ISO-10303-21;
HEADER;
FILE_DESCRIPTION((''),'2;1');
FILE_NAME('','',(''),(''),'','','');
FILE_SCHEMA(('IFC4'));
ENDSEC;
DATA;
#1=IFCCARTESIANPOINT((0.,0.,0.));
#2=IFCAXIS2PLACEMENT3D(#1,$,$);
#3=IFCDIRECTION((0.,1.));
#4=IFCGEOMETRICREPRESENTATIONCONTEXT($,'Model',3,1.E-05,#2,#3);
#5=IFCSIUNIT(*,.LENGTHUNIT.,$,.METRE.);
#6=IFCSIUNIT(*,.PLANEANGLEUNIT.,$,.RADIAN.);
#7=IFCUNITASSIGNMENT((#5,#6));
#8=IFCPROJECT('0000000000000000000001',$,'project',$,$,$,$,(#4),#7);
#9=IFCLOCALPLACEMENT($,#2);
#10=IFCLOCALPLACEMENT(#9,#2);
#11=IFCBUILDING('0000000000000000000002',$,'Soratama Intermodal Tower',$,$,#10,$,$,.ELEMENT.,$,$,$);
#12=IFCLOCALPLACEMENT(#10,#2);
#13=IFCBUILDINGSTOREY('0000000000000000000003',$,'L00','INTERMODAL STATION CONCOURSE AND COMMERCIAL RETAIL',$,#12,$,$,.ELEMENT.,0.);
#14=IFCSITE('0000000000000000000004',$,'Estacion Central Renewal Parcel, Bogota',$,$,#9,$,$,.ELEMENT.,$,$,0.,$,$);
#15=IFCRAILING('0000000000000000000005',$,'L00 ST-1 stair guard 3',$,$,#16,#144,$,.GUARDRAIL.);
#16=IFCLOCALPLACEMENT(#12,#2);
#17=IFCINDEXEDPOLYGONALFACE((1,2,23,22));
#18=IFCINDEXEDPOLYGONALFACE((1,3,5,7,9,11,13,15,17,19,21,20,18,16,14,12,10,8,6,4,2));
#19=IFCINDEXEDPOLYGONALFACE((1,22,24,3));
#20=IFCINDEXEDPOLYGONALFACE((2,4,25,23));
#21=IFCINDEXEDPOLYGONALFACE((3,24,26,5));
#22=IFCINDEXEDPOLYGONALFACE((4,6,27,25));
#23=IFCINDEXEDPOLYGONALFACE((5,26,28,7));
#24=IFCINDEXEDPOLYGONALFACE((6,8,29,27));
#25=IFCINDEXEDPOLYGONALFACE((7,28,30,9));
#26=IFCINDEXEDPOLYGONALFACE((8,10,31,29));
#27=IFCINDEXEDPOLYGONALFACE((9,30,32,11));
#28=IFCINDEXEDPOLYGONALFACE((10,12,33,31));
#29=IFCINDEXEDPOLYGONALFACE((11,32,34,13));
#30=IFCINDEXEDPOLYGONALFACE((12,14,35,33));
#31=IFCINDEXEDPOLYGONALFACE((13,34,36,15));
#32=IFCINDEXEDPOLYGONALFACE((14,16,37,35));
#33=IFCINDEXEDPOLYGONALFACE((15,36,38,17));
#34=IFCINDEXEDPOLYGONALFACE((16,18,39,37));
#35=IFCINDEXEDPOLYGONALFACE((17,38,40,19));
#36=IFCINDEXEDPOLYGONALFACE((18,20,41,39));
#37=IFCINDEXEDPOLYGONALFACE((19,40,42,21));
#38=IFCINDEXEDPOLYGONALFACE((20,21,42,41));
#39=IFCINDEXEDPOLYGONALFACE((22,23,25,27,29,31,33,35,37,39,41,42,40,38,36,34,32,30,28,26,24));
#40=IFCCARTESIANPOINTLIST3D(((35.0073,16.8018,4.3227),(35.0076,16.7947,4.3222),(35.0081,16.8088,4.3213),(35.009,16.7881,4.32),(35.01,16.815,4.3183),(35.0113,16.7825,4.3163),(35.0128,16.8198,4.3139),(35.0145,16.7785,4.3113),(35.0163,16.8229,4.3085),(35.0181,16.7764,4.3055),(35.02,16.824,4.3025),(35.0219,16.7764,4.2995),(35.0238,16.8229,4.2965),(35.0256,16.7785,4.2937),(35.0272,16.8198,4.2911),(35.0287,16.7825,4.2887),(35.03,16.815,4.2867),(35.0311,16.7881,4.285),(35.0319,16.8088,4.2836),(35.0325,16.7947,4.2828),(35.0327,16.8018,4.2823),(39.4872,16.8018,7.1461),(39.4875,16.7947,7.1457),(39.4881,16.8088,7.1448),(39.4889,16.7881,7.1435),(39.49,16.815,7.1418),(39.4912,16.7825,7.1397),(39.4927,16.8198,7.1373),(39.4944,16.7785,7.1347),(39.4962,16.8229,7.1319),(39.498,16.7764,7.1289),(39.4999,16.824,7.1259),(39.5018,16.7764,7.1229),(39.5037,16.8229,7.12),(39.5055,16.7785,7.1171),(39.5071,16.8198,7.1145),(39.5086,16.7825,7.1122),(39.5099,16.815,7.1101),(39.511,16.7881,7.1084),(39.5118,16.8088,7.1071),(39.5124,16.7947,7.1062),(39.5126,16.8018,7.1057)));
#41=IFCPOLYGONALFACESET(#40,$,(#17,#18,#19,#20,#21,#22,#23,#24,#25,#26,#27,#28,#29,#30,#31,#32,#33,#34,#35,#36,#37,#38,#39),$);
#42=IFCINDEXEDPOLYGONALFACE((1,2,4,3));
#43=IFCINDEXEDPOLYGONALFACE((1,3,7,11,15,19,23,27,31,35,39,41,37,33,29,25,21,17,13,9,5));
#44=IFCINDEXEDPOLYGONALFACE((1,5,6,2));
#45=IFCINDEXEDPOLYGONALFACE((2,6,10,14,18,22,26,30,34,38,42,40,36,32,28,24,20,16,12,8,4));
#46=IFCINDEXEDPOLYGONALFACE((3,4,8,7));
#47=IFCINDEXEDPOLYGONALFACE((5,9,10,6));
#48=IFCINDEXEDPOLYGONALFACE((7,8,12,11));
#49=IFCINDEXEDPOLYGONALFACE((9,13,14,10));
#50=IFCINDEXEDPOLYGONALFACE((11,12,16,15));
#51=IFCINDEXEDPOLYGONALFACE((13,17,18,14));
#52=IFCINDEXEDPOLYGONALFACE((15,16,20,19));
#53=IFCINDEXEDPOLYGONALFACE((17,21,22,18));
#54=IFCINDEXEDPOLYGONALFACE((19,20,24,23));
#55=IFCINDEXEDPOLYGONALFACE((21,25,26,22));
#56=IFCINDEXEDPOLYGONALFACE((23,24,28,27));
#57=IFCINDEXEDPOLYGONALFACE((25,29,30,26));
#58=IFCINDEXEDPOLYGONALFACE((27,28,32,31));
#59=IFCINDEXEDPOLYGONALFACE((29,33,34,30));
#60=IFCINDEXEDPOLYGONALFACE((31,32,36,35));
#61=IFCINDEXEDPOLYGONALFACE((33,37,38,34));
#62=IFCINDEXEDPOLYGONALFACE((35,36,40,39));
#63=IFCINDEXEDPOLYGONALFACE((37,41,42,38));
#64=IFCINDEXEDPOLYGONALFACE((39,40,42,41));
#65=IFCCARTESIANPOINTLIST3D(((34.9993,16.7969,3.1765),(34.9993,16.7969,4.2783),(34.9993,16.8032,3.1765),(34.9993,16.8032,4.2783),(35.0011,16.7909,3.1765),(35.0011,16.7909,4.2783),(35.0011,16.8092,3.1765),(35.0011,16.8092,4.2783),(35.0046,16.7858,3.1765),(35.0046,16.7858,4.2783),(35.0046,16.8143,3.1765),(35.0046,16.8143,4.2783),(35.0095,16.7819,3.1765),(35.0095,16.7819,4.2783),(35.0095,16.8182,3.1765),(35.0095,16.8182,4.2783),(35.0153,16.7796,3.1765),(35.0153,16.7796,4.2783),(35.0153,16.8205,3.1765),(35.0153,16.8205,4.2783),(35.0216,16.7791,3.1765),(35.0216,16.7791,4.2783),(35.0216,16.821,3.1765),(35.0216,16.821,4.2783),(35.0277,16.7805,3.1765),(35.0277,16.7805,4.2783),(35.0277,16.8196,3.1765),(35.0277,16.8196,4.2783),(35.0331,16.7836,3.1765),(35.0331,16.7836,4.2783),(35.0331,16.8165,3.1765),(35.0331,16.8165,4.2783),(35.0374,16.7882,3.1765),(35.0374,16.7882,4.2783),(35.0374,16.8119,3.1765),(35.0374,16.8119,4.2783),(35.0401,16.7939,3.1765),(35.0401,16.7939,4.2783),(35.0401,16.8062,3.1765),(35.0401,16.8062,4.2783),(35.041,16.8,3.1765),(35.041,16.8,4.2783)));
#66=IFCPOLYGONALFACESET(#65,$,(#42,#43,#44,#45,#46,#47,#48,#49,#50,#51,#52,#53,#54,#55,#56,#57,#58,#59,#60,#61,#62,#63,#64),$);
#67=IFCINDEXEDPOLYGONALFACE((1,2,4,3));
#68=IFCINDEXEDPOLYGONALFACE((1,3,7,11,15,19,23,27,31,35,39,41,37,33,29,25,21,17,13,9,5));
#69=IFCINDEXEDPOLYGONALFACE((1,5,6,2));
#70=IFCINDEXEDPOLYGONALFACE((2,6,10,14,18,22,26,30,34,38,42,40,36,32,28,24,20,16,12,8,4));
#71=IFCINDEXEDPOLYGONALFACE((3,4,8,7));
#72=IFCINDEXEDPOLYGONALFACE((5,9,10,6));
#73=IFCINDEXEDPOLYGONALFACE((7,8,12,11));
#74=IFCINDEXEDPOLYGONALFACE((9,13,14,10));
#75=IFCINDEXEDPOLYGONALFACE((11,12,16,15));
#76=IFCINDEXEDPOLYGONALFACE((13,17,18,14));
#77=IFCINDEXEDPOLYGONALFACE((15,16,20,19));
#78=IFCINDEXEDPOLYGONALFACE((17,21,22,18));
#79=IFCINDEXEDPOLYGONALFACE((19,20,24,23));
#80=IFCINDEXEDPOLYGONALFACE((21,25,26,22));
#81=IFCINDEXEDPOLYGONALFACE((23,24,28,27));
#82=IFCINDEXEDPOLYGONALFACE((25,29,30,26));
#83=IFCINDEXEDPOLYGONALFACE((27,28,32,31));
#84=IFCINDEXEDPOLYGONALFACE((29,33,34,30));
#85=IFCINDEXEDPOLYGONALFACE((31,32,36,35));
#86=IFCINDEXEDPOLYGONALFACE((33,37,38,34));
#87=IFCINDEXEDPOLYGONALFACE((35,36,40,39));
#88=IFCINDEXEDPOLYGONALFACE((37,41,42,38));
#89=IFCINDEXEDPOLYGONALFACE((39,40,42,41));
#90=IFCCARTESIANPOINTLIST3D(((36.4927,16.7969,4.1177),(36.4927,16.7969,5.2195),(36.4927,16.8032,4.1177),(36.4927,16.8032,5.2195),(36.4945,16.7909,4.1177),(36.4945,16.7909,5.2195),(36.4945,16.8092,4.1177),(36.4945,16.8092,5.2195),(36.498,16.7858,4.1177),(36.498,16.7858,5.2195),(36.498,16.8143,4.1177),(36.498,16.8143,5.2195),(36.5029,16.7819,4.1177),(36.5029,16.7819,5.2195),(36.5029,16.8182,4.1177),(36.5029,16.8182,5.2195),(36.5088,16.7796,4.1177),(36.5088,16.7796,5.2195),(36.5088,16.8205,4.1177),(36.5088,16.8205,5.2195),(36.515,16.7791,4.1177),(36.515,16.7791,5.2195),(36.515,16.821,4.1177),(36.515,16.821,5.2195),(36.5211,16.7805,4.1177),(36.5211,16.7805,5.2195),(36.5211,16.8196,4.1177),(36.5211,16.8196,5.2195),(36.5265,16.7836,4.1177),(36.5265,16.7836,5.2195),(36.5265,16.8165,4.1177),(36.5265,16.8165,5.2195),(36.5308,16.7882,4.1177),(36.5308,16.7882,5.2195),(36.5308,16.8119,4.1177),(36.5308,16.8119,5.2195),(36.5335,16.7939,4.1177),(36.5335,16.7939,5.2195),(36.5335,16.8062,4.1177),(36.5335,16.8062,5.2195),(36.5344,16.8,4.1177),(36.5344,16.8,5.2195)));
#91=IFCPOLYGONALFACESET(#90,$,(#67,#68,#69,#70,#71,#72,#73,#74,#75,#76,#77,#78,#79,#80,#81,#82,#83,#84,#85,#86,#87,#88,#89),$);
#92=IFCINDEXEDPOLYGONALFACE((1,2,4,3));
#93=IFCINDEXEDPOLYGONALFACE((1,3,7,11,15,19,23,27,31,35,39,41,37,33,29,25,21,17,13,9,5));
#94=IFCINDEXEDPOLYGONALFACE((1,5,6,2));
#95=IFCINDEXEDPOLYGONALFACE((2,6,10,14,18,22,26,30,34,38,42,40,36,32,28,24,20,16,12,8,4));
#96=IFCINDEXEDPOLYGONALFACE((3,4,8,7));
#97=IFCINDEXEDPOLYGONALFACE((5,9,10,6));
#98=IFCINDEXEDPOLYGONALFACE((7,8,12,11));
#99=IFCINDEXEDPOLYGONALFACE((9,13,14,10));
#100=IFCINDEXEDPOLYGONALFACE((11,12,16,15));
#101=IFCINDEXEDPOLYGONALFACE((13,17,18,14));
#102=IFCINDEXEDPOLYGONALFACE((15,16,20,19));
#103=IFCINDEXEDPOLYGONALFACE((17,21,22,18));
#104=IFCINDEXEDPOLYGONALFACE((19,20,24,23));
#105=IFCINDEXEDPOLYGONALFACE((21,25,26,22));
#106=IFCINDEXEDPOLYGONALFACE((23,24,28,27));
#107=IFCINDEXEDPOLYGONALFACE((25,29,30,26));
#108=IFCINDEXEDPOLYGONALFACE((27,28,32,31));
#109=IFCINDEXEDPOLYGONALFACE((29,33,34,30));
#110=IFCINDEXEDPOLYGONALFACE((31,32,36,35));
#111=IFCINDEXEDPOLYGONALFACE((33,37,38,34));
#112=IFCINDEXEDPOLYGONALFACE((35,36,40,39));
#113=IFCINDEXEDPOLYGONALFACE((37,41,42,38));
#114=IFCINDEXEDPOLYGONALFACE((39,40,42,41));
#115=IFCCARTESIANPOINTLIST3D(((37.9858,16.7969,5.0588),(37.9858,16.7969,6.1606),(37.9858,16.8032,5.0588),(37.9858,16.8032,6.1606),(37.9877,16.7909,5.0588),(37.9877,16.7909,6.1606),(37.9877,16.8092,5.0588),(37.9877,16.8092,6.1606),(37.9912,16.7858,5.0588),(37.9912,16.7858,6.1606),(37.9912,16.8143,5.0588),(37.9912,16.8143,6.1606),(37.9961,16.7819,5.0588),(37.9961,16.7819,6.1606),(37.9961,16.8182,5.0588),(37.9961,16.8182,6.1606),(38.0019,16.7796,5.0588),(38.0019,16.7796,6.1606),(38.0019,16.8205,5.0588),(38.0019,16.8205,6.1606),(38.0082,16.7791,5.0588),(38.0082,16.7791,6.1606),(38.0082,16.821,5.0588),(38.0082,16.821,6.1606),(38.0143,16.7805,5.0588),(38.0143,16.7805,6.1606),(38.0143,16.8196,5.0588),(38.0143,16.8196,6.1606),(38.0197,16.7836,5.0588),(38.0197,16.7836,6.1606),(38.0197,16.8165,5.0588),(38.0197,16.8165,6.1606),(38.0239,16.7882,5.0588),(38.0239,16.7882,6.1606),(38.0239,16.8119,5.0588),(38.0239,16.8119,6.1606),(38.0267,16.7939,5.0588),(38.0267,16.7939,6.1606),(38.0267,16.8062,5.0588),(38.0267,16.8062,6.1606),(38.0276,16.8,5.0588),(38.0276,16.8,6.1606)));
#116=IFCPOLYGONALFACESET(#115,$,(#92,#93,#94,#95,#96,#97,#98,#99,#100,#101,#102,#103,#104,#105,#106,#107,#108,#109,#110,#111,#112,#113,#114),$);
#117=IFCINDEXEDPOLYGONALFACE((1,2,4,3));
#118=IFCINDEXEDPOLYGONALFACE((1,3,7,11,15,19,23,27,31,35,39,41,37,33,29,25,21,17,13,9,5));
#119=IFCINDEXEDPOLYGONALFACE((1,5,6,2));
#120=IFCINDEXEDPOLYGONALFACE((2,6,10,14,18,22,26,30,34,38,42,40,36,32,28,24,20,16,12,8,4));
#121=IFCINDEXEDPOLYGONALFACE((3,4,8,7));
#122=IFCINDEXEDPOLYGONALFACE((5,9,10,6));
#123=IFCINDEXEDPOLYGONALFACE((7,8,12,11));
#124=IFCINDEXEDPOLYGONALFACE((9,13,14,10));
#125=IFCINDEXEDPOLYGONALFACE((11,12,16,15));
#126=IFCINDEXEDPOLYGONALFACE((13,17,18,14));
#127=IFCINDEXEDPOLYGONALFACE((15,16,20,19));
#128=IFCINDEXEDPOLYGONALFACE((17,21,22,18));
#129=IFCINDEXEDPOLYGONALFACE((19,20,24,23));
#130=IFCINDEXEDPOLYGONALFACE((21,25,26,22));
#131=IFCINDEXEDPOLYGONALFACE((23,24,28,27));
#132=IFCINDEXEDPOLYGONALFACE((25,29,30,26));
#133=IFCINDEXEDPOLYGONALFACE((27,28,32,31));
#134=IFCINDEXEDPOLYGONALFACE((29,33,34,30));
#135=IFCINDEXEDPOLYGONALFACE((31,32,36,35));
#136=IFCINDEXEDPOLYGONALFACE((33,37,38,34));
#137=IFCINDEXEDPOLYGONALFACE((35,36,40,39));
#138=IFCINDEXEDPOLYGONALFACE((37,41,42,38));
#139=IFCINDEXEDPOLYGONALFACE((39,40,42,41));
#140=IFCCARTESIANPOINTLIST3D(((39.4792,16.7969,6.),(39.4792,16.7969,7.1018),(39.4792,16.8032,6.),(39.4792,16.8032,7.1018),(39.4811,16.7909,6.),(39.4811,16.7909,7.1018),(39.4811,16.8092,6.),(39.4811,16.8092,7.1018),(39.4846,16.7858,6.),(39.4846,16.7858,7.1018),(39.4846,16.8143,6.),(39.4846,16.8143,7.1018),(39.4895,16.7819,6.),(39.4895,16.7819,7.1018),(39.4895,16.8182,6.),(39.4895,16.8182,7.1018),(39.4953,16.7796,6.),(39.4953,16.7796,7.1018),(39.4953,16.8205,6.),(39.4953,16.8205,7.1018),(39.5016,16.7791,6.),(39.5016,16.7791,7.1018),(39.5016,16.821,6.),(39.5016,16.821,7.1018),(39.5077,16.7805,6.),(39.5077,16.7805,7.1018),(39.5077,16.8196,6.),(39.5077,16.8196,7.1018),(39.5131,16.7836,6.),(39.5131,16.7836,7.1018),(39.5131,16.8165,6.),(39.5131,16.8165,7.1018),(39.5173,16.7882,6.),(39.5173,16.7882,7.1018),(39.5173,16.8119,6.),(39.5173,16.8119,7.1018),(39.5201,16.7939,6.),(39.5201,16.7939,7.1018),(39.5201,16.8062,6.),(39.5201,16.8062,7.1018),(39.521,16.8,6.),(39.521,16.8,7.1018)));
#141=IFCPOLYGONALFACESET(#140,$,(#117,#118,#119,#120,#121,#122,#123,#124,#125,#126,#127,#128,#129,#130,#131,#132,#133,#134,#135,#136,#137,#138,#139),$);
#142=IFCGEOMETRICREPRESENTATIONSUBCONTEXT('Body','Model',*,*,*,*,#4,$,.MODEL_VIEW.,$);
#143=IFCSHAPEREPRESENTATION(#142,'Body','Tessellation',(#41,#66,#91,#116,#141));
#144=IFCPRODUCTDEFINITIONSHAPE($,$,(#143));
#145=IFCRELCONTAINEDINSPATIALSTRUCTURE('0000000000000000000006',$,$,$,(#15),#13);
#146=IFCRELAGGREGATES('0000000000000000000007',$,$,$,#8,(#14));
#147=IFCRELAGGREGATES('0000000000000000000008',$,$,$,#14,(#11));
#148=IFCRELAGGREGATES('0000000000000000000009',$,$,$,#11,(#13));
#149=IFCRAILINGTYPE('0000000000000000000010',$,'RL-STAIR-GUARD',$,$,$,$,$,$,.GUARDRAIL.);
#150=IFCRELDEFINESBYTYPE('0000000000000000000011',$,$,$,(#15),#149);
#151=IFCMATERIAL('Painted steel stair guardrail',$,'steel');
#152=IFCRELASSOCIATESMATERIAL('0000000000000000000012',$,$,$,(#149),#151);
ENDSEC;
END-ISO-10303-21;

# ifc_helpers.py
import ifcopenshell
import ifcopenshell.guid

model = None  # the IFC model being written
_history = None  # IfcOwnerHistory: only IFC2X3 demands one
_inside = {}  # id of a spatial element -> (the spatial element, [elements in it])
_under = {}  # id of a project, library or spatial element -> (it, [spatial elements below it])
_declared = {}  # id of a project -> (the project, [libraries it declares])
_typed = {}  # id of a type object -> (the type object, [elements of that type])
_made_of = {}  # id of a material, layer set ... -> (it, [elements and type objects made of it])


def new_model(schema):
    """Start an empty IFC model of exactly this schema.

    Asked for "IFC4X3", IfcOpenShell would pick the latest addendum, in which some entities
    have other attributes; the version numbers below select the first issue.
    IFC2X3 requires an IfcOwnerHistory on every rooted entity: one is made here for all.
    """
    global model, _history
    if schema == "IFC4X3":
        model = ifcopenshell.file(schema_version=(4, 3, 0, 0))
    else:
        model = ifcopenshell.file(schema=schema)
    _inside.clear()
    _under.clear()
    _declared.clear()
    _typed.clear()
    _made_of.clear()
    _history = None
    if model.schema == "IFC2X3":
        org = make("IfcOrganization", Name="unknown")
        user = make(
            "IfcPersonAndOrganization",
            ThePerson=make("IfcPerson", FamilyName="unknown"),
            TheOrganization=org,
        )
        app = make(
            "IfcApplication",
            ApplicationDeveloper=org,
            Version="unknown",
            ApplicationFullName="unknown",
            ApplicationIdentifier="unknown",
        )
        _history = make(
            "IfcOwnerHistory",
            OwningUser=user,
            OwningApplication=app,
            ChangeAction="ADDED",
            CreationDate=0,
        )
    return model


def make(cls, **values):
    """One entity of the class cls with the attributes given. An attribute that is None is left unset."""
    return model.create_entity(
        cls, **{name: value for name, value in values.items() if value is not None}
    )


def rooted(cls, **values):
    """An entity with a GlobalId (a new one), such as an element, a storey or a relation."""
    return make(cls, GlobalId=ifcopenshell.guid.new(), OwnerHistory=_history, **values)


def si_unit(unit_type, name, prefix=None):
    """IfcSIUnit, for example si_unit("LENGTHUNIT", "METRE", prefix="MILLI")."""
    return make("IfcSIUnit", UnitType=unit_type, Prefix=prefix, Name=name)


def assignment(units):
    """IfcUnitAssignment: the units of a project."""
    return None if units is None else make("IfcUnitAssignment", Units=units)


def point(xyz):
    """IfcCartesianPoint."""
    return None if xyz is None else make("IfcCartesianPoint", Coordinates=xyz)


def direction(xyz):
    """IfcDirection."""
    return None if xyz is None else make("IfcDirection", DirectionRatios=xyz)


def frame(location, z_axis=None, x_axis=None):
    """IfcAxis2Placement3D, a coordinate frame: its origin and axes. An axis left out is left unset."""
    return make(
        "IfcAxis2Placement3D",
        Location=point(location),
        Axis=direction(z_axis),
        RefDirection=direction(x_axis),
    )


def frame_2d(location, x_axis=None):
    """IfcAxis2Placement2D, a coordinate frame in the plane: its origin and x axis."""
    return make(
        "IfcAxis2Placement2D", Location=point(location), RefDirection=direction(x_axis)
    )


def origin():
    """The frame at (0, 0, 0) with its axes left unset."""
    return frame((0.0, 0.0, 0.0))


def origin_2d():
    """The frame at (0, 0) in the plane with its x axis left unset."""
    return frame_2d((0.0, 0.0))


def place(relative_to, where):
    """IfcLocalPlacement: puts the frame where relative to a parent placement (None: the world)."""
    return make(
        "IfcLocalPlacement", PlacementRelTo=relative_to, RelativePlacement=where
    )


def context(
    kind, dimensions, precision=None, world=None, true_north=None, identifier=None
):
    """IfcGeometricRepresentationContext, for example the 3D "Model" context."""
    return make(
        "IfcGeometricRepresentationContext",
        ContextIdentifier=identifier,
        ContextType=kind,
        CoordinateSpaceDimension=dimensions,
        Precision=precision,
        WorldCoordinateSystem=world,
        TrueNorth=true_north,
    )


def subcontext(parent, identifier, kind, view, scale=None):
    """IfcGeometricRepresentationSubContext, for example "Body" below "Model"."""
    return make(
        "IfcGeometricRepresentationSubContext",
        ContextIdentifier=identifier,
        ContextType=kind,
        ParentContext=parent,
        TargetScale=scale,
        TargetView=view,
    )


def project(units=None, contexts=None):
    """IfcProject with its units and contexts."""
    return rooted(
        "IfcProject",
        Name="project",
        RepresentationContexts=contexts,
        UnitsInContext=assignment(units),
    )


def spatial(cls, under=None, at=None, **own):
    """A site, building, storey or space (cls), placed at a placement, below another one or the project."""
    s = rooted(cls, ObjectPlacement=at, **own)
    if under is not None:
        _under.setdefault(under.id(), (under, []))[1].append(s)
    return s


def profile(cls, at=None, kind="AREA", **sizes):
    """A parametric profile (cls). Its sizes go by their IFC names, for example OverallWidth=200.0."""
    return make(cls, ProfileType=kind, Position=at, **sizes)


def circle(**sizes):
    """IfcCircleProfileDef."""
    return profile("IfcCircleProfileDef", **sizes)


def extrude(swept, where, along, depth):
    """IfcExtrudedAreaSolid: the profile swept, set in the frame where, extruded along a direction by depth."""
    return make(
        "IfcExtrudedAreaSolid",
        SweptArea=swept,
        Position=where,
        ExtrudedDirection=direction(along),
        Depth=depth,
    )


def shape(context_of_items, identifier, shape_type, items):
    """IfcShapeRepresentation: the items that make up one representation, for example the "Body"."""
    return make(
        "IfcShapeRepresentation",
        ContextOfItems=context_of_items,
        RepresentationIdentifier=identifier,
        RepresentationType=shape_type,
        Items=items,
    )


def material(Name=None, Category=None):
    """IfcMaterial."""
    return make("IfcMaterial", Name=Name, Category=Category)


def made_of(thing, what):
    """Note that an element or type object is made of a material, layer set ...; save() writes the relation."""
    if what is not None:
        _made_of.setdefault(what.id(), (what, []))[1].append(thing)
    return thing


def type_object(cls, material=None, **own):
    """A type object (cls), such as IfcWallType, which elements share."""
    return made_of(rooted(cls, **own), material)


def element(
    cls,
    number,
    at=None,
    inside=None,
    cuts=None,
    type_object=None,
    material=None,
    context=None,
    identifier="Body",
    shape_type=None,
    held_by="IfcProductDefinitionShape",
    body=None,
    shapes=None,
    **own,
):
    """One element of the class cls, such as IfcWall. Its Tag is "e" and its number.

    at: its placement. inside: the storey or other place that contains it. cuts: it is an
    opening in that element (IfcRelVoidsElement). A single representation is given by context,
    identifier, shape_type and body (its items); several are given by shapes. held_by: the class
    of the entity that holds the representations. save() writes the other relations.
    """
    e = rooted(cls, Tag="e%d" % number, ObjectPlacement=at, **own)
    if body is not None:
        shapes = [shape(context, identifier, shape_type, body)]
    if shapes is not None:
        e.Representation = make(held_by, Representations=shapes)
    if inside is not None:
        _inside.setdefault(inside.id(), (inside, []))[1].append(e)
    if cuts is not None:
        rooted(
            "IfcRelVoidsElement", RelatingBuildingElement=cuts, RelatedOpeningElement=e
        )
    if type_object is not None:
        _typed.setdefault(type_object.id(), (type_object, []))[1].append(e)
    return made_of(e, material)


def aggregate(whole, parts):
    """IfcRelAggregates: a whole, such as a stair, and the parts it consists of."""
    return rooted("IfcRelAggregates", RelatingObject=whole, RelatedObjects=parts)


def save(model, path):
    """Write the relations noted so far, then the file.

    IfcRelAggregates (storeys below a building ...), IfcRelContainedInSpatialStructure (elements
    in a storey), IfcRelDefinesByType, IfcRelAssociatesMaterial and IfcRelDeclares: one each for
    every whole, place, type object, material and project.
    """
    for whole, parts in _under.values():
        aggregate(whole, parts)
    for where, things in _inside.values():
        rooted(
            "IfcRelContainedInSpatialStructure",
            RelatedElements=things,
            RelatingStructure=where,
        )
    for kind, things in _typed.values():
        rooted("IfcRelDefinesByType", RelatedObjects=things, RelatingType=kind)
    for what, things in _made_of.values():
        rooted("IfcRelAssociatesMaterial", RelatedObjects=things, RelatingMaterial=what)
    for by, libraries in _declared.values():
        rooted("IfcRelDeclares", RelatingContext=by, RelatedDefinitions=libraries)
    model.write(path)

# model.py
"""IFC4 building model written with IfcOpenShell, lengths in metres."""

from ifc_helpers import new_model, si_unit, direction, frame, origin, origin_2d, place, context, subcontext, project, spatial, circle, extrude, material, type_object, element, save


model = new_model("IFC4")

# Units and contexts
model_context = context("Model", 3, precision=1e-05, world=origin(), true_north=direction((0.0, 1.0)))
body_context = subcontext(model_context, "Body", "Model", "MODEL_VIEW")
ifc_project = project(units=[si_unit("LENGTHUNIT", "METRE"), si_unit("PLANEANGLEUNIT", "RADIAN")], contexts=[model_context])

# Site, building, storey
site_placement = place(None, origin())
site = spatial("IfcSite", under=ifc_project, at=site_placement, Name="Estacion Central Renewal Parcel, Bogota", CompositionType="ELEMENT", RefElevation=0.0)
building_placement = place(site_placement, origin())
building = spatial("IfcBuilding", under=site, at=building_placement, Name="Soratama Intermodal Tower", CompositionType="ELEMENT")
storey_placement = place(building_placement, origin())
storey = spatial("IfcBuildingStorey", under=building, at=storey_placement, Name="L00", Description="INTERMODAL STATION CONCOURSE AND COMMERCIAL RETAIL", CompositionType="ELEMENT", Elevation=0.0)

# Railing
ifc_material_1 = material(Name="Painted steel stair guardrail", Category="steel")
railing_type_1 = type_object("IfcRailingType", Name="RL-STAIR-GUARD", PredefinedType="GUARDRAIL", material=ifc_material_1)
railing_1_placement = place(storey_placement, frame((35.02, 16.8, 3.1765)))
element("IfcRailing", 1, at=railing_1_placement, inside=storey, type_object=railing_type_1, Name="L00 ST-1 stair guard 3", PredefinedType="GUARDRAIL", context=body_context, shape_type="SweptSolid", body=[
    extrude(circle(Radius=0.0239, at=origin_2d()), frame((0.0, 0.0, 1.126), z_axis=(0.845998, 0.0, 0.533186), x_axis=(0.0, 1.0, 0.0)), (0.0, 0.0, 1.0), 5.2954),
    extrude(circle(Radius=0.021, at=origin_2d()), origin(), (0.0, 0.0, 1.0), 1.1018),
    extrude(circle(Radius=0.021, at=origin_2d()), frame((1.4934, 0.0, 0.9412)), (0.0, 0.0, 1.0), 1.1018),
    extrude(circle(Radius=0.021, at=origin_2d()), frame((2.9866, 0.0, 1.8823)), (0.0, 0.0, 1.0), 1.1018),
    extrude(circle(Radius=0.021, at=origin_2d()), frame((4.48, 0.0, 2.8235)), (0.0, 0.0, 1.0), 1.1018),
])

save(model, "model.ifc")
